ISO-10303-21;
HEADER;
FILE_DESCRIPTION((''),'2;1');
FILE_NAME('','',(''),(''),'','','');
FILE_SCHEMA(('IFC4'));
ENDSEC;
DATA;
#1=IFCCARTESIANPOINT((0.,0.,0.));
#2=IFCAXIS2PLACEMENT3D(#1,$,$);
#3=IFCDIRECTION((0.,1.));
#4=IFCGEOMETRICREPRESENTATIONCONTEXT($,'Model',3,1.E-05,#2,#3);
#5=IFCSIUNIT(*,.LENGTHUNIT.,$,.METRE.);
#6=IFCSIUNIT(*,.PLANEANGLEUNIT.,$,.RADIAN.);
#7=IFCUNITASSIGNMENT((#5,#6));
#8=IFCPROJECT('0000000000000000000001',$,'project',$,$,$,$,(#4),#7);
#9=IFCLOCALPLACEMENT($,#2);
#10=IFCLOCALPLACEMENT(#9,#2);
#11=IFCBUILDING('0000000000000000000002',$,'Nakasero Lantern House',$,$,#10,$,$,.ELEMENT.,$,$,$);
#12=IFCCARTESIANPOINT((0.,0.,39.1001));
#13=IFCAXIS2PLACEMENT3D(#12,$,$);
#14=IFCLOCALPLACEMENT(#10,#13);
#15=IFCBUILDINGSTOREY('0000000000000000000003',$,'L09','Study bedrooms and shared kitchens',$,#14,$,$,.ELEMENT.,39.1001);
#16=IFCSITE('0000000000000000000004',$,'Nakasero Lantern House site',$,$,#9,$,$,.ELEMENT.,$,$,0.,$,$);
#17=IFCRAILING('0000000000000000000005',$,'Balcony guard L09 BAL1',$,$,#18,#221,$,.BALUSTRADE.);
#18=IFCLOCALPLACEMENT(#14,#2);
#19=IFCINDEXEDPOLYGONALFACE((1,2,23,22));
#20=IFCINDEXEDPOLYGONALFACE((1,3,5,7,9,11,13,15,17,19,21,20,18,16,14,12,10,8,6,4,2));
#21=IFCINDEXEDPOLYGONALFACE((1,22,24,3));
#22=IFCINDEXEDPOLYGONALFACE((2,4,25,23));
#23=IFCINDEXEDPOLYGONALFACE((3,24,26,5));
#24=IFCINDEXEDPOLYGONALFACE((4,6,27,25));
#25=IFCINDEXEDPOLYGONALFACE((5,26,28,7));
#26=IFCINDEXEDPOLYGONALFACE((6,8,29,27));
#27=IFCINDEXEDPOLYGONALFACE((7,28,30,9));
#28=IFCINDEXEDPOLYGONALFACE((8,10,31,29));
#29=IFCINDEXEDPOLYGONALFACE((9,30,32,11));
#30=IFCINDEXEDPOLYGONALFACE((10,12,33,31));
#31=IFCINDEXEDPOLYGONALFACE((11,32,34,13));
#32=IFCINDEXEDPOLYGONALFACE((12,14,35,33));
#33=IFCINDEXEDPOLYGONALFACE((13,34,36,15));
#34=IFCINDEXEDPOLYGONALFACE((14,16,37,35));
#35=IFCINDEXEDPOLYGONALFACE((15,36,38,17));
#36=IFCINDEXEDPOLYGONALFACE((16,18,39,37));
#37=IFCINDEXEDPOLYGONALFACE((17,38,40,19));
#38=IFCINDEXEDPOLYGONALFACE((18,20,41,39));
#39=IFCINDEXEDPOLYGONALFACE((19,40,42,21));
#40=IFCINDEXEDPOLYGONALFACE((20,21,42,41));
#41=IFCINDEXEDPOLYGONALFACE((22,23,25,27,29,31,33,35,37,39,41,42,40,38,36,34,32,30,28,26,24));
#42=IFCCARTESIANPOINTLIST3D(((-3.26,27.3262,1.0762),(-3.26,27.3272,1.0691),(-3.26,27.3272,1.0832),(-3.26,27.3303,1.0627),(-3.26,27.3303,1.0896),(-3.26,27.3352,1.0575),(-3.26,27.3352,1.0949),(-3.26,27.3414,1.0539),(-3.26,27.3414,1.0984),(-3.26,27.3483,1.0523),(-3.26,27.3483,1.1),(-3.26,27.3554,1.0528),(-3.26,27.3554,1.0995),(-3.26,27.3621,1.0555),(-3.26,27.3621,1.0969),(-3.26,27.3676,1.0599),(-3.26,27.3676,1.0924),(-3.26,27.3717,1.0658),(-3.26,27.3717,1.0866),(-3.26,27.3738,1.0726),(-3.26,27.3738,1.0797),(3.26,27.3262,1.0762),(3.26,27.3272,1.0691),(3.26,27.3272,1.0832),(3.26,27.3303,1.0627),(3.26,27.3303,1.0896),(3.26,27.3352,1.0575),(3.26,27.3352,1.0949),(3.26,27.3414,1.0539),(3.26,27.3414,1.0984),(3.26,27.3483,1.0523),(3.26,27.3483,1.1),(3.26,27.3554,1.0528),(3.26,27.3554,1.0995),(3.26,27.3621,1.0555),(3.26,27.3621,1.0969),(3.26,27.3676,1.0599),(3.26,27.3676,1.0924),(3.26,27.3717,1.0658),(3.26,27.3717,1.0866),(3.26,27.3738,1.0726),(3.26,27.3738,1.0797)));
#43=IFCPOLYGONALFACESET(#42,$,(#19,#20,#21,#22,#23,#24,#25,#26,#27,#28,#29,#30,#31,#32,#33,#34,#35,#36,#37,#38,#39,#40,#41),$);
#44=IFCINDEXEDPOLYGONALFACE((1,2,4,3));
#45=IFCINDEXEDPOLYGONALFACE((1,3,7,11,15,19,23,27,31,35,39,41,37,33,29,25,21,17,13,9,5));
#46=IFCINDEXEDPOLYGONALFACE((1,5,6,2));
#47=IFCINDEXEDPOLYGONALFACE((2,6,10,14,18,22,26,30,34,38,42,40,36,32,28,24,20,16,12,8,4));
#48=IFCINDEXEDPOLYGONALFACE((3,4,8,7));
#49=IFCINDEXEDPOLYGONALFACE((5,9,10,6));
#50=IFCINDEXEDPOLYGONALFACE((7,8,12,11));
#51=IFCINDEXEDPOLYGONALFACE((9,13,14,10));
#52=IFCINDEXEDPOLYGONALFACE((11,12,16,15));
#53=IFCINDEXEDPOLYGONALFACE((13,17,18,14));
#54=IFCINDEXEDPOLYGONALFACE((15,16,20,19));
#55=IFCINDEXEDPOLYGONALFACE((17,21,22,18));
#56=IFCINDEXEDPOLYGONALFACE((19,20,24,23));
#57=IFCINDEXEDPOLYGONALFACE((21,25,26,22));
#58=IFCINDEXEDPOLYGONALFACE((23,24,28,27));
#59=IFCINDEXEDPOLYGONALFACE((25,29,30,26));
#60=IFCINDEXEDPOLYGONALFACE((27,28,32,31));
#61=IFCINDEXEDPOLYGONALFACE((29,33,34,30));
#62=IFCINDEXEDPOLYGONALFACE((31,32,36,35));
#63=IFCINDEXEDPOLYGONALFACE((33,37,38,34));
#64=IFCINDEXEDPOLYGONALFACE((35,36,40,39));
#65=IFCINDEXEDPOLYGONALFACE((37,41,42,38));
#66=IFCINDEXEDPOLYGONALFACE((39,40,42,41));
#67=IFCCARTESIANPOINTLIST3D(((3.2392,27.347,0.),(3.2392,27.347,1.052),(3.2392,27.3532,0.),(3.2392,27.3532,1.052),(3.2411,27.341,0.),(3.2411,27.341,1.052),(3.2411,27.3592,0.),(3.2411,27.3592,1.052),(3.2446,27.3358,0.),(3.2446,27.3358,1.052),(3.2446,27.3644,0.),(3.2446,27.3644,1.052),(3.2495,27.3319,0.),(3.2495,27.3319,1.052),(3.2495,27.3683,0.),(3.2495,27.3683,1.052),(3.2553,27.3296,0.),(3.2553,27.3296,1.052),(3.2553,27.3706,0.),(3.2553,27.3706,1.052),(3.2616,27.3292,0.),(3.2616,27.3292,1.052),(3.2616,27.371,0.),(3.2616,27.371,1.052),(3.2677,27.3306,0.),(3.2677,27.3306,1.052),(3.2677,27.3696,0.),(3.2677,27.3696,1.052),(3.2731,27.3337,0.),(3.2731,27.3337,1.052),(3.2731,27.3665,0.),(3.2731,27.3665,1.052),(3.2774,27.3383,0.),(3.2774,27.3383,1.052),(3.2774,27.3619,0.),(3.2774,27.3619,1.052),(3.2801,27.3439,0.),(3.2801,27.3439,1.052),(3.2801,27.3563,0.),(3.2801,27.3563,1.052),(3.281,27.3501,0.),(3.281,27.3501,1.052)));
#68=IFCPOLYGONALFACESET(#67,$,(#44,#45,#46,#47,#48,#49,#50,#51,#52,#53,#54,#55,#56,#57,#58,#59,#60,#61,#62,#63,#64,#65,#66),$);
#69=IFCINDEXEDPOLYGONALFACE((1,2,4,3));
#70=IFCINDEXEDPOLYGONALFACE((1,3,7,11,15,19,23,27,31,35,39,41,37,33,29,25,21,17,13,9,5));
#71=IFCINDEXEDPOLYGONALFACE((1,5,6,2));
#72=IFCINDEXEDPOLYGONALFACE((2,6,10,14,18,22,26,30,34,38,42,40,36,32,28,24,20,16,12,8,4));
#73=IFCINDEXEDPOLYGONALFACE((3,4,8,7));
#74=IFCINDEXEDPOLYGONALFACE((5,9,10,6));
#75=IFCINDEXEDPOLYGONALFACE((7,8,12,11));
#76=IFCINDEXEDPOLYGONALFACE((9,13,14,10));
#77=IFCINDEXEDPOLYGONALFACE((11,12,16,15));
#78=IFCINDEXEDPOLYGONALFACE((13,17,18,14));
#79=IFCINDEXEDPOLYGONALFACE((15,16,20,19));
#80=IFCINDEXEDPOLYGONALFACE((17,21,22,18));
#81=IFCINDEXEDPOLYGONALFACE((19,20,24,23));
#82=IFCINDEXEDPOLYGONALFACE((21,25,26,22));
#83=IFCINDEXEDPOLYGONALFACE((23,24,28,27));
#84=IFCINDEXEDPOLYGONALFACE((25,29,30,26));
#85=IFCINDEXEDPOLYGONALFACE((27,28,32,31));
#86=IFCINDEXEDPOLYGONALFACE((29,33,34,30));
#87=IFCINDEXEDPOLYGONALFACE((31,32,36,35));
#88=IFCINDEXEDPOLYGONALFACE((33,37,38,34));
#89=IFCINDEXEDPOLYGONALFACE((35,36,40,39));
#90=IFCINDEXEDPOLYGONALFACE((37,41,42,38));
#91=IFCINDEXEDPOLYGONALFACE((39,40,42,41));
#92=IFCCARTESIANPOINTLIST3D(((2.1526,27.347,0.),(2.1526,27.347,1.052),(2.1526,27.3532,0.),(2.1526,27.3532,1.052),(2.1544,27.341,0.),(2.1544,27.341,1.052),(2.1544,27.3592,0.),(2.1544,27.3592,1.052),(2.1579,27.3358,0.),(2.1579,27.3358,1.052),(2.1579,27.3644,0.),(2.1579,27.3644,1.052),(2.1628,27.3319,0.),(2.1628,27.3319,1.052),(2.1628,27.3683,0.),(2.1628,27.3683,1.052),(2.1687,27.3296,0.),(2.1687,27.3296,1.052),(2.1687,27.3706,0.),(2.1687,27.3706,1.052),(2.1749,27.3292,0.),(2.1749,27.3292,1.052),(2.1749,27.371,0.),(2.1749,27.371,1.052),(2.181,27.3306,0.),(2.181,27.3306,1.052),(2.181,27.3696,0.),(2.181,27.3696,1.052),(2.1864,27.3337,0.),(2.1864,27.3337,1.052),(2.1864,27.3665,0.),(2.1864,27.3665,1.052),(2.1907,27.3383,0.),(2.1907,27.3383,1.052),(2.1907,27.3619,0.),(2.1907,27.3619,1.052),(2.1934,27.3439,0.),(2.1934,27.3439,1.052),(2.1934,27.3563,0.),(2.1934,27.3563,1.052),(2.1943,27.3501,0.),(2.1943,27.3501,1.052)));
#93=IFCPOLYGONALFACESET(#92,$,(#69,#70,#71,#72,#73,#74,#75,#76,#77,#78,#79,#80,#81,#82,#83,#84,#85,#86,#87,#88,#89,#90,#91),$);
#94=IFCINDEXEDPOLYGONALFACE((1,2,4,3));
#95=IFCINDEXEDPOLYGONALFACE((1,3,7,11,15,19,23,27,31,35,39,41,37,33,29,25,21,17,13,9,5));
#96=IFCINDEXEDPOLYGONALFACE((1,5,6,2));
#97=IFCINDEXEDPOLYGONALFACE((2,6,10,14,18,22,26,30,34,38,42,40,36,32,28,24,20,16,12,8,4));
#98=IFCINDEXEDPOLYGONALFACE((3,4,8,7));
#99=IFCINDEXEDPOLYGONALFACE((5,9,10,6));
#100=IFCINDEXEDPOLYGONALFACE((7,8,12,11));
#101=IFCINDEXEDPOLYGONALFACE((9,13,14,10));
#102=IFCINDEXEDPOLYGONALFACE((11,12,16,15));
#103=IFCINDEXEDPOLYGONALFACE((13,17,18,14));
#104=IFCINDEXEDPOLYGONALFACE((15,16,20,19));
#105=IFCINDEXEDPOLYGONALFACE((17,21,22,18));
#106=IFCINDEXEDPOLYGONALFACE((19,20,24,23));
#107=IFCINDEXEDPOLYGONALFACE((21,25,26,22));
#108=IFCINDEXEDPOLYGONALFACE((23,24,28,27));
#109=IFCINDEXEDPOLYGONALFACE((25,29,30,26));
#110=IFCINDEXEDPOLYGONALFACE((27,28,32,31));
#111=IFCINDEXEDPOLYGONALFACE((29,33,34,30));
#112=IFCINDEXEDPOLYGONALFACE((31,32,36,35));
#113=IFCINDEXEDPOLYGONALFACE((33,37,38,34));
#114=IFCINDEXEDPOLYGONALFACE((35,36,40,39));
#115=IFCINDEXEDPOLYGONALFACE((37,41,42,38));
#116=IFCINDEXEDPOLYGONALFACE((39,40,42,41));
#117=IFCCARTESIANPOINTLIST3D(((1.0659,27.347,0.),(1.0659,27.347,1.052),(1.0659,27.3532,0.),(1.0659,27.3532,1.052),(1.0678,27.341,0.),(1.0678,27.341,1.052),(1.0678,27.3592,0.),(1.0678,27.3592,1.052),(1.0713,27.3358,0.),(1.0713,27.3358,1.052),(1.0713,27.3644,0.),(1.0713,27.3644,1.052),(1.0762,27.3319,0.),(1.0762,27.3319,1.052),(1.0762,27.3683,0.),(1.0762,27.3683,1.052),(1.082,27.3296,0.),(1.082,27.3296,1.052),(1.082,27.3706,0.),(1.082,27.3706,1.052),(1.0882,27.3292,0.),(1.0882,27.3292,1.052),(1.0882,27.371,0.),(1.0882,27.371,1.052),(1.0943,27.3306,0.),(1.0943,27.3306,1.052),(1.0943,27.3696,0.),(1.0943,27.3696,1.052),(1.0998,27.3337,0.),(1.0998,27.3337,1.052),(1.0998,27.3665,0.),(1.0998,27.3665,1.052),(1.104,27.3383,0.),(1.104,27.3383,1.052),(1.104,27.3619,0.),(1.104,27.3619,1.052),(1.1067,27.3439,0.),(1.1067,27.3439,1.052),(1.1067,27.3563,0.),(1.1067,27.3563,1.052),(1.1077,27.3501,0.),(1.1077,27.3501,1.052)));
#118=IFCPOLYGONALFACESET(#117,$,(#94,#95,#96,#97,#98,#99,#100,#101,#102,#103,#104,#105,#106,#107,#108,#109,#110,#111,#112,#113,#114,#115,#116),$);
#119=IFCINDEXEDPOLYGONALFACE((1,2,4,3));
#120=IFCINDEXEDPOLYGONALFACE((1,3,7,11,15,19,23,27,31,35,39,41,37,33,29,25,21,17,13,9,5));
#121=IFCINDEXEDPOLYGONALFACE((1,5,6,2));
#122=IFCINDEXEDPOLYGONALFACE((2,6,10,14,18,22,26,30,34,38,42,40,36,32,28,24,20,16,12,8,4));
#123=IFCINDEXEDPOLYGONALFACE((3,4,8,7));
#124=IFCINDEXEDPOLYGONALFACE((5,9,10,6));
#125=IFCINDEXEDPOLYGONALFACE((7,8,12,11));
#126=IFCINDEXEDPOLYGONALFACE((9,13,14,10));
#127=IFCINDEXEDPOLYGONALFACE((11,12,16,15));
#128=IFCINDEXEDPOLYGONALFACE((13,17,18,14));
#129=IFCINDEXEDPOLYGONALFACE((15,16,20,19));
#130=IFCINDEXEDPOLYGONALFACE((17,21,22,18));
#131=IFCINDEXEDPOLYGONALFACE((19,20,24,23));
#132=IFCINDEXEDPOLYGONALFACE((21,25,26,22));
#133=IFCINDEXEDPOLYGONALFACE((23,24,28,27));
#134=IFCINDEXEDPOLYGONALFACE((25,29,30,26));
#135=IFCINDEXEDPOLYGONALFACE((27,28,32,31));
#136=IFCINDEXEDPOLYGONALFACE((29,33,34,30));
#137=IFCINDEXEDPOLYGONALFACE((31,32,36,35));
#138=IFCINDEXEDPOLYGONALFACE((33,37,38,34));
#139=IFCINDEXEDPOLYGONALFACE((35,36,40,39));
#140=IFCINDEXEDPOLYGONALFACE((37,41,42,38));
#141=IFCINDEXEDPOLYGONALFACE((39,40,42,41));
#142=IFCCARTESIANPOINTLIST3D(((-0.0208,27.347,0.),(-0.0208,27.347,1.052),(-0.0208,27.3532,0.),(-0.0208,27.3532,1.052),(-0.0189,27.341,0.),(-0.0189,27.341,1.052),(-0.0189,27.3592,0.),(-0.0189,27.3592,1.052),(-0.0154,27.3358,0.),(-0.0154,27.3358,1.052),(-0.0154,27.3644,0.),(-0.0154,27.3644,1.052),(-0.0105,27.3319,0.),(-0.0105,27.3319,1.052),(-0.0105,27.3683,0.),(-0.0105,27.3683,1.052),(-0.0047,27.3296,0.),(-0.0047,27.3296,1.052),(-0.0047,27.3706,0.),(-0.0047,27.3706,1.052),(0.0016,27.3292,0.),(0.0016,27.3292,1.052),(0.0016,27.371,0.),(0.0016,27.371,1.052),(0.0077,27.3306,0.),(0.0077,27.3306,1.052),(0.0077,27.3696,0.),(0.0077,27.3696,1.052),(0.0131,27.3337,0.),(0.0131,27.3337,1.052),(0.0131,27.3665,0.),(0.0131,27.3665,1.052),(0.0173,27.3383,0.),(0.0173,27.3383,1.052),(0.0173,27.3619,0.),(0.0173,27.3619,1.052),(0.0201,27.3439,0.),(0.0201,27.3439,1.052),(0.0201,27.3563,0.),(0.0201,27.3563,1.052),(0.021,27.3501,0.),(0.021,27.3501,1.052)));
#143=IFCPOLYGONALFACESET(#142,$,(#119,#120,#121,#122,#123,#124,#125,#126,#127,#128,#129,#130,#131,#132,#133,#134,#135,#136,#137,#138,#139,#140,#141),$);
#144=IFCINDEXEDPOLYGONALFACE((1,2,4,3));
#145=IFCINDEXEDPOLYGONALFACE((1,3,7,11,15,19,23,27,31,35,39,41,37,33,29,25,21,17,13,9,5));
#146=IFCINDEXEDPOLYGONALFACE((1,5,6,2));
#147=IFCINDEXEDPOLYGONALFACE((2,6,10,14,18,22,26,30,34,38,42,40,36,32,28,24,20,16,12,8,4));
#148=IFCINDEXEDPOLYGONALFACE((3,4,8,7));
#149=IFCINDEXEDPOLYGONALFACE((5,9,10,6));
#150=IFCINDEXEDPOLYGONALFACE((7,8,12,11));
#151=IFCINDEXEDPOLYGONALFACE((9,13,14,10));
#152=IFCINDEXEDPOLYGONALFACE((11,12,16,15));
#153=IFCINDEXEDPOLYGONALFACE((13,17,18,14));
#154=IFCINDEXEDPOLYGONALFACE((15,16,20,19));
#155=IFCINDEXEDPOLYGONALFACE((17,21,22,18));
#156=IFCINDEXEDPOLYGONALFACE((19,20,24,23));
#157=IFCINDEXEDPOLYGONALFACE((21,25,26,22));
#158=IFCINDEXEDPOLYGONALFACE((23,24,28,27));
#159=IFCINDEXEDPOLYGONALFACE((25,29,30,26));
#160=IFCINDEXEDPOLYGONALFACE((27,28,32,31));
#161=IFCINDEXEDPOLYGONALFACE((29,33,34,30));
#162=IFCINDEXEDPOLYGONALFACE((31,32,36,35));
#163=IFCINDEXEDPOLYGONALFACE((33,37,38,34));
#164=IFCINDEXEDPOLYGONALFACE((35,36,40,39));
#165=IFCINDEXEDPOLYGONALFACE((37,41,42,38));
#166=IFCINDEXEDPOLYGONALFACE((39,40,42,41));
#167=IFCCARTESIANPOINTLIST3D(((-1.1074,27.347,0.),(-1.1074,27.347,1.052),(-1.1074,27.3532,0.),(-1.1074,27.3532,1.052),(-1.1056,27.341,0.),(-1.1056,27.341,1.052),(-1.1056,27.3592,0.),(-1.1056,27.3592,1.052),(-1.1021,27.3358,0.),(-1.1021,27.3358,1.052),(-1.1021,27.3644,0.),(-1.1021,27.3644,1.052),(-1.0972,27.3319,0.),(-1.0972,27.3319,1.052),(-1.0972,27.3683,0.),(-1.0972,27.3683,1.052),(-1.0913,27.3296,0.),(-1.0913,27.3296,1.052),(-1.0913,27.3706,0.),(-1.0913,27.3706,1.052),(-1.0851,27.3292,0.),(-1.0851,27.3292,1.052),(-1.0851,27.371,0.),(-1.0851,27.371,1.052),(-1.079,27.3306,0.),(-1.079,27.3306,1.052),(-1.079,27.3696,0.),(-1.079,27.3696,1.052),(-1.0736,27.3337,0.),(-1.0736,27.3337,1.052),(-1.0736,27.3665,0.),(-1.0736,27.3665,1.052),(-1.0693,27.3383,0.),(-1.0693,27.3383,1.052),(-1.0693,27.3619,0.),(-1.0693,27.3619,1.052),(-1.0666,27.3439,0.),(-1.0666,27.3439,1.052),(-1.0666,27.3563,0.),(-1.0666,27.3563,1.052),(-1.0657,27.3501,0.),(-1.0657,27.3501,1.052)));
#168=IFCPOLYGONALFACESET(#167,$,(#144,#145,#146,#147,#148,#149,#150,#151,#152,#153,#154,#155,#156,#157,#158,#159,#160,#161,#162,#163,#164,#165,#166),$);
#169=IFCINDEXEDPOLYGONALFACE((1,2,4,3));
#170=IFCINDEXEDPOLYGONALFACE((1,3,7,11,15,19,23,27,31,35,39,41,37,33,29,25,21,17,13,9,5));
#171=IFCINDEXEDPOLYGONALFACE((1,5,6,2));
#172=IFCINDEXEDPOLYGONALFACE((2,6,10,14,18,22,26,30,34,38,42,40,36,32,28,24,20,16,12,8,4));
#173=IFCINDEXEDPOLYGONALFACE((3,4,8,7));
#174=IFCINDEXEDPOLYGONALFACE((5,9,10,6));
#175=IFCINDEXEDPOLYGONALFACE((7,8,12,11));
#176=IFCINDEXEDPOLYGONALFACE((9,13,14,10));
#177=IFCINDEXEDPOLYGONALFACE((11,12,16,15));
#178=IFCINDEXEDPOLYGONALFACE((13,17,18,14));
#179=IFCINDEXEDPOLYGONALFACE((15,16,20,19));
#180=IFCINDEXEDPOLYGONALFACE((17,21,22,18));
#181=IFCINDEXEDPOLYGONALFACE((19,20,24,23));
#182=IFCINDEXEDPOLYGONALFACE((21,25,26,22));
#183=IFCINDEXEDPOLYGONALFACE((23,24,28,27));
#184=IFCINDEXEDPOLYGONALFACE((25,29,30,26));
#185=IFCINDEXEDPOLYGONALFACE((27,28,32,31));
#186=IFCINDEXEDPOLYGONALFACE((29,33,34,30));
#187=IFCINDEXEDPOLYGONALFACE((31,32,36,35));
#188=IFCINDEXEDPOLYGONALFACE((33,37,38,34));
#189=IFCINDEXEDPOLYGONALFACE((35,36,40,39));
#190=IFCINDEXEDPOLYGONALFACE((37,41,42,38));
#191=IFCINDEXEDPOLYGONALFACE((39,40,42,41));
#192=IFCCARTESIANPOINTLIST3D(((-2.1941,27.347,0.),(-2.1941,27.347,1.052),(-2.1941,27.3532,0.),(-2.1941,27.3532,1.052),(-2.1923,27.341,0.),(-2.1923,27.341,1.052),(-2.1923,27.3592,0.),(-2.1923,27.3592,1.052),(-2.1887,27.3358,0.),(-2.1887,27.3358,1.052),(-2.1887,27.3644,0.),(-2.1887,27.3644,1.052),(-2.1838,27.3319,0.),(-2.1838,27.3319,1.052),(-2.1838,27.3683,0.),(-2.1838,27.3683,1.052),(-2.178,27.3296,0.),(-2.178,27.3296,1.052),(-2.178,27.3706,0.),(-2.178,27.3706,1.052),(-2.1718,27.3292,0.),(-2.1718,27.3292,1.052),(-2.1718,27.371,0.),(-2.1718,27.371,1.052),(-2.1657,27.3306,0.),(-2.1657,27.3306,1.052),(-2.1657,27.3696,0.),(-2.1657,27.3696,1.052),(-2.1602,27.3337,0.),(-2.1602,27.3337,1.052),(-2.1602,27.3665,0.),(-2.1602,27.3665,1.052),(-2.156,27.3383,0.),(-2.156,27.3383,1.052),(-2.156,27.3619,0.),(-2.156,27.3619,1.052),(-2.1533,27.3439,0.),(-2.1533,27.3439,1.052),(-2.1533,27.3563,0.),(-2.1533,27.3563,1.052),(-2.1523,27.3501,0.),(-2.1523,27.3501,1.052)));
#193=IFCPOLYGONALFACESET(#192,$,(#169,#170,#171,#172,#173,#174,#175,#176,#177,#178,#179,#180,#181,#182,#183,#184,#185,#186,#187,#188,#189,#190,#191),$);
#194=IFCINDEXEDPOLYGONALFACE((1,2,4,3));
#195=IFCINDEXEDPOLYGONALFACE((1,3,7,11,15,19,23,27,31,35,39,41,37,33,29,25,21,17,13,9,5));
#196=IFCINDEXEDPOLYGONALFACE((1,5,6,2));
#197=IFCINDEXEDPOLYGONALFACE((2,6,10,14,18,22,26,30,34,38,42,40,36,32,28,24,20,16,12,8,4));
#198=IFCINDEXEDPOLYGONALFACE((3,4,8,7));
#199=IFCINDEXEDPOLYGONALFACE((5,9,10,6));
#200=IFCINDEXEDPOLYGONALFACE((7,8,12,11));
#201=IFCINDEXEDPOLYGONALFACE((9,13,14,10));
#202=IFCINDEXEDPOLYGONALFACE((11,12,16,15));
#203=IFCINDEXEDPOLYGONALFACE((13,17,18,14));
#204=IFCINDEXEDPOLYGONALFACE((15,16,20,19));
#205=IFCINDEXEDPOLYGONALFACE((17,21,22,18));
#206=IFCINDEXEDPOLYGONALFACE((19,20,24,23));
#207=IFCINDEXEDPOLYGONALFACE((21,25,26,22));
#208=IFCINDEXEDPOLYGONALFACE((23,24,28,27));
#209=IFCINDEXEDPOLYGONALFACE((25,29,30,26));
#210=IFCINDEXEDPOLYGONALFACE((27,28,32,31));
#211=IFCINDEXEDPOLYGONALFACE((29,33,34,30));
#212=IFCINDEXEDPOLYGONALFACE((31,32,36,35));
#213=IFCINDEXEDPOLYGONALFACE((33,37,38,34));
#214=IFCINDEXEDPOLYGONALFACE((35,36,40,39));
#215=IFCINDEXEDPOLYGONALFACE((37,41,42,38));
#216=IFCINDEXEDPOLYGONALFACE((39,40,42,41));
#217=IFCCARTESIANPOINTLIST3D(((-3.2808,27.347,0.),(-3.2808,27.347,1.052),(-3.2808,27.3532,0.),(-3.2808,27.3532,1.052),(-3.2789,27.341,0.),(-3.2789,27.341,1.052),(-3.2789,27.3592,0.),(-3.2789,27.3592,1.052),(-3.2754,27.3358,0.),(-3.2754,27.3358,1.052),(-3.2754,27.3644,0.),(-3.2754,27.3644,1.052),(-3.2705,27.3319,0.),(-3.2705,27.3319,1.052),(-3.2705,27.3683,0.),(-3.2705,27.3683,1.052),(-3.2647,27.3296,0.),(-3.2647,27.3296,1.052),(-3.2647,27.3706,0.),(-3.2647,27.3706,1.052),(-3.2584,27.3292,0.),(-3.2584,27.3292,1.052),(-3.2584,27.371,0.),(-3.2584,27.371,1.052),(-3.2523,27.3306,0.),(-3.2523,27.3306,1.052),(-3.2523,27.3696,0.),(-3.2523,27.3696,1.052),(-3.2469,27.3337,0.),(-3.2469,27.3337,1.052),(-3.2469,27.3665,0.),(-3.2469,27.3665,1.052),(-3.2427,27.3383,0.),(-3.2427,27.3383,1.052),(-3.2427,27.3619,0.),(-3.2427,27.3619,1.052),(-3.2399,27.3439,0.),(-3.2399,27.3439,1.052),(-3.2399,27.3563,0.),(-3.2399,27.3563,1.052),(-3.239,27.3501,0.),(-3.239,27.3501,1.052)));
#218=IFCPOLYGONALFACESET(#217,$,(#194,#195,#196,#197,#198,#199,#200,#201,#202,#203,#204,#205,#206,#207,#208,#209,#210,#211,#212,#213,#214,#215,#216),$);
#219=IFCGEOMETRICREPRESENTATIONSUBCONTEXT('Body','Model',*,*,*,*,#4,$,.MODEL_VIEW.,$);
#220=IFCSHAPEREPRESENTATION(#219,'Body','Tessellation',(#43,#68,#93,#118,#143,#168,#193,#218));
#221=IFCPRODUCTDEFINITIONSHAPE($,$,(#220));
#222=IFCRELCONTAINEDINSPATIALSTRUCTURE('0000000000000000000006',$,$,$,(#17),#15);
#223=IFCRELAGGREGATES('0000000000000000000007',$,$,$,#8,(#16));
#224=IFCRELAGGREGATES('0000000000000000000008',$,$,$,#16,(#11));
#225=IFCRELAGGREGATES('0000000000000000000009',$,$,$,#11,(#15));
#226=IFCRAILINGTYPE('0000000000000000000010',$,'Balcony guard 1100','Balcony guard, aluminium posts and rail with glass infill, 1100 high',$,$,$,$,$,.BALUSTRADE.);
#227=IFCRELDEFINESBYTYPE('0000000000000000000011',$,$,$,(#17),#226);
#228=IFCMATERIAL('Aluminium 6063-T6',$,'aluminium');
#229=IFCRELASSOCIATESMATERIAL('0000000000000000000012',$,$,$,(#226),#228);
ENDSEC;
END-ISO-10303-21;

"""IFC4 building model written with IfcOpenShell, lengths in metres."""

from ifc_helpers import new_model, si_unit, direction, frame, origin, origin_2d, place, context, subcontext, project, spatial, circle, extrude, material, type_object, element, save


model = new_model("IFC4")

# Units and contexts
model_context = context("Model", 3, precision=1e-05, world=origin(), true_north=direction((0.0, 1.0)))
body_context = subcontext(model_context, "Body", "Model", "MODEL_VIEW")
ifc_project = project(units=[si_unit("LENGTHUNIT", "METRE"), si_unit("PLANEANGLEUNIT", "RADIAN")], contexts=[model_context])

# Site, building, storey
site_placement = place(None, origin())
site = spatial("IfcSite", under=ifc_project, at=site_placement, Name="Nakasero Lantern House site", CompositionType="ELEMENT", RefElevation=0.0)
building_placement = place(site_placement, origin())
building = spatial("IfcBuilding", under=site, at=building_placement, Name="Nakasero Lantern House", CompositionType="ELEMENT")
storey_placement = place(building_placement, frame((0.0, 0.0, 39.1001)))
storey = spatial("IfcBuildingStorey", under=building, at=storey_placement, Name="L09", Description="Study bedrooms and shared kitchens", CompositionType="ELEMENT", Elevation=39.1001)

# Railing
ifc_material_1 = material(Name="Aluminium 6063-T6", Category="aluminium")
railing_type = type_object("IfcRailingType", Name="Balcony guard 1100", Description="Balcony guard, aluminium posts and rail with glass infill, 1100 high", PredefinedType="BALUSTRADE", material=ifc_material_1)
railing_placement = place(storey_placement, frame((3.26, 27.3501, 0.0)))
element("IfcRailing", 1, at=railing_placement, inside=storey, type_object=railing_type, Name="Balcony guard L09 BAL1", PredefinedType="BALUSTRADE", context=body_context, shape_type="SweptSolid", body=[
    extrude(circle(Radius=0.0239, at=origin_2d()), frame((0.0, 0.0, 1.0762), z_axis=(-1.0, 0.0, 0.0), x_axis=(0.0, -1.0, 0.0)), (0.0, 0.0, 1.0), 6.52),
    extrude(circle(Radius=0.021, at=origin_2d()), origin(), (0.0, 0.0, 1.0), 1.052),
    extrude(circle(Radius=0.021, at=origin_2d()), frame((-1.0867, 0.0, 0.0)), (0.0, 0.0, 1.0), 1.052),
    extrude(circle(Radius=0.021, at=origin_2d()), frame((-2.1733, 0.0, 0.0)), (0.0, 0.0, 1.0), 1.052),
    extrude(circle(Radius=0.021, at=origin_2d()), frame((-3.26, 0.0, 0.0)), (0.0, 0.0, 1.0), 1.052),
    extrude(circle(Radius=0.021, at=origin_2d()), frame((-4.3467, 0.0, 0.0)), (0.0, 0.0, 1.0), 1.052),
    extrude(circle(Radius=0.021, at=origin_2d()), frame((-5.4333, 0.0, 0.0)), (0.0, 0.0, 1.0), 1.052),
    extrude(circle(Radius=0.021, at=origin_2d()), frame((-6.52, 0.0, 0.0)), (0.0, 0.0, 1.0), 1.052),
])

save(model, "model.ifc")
